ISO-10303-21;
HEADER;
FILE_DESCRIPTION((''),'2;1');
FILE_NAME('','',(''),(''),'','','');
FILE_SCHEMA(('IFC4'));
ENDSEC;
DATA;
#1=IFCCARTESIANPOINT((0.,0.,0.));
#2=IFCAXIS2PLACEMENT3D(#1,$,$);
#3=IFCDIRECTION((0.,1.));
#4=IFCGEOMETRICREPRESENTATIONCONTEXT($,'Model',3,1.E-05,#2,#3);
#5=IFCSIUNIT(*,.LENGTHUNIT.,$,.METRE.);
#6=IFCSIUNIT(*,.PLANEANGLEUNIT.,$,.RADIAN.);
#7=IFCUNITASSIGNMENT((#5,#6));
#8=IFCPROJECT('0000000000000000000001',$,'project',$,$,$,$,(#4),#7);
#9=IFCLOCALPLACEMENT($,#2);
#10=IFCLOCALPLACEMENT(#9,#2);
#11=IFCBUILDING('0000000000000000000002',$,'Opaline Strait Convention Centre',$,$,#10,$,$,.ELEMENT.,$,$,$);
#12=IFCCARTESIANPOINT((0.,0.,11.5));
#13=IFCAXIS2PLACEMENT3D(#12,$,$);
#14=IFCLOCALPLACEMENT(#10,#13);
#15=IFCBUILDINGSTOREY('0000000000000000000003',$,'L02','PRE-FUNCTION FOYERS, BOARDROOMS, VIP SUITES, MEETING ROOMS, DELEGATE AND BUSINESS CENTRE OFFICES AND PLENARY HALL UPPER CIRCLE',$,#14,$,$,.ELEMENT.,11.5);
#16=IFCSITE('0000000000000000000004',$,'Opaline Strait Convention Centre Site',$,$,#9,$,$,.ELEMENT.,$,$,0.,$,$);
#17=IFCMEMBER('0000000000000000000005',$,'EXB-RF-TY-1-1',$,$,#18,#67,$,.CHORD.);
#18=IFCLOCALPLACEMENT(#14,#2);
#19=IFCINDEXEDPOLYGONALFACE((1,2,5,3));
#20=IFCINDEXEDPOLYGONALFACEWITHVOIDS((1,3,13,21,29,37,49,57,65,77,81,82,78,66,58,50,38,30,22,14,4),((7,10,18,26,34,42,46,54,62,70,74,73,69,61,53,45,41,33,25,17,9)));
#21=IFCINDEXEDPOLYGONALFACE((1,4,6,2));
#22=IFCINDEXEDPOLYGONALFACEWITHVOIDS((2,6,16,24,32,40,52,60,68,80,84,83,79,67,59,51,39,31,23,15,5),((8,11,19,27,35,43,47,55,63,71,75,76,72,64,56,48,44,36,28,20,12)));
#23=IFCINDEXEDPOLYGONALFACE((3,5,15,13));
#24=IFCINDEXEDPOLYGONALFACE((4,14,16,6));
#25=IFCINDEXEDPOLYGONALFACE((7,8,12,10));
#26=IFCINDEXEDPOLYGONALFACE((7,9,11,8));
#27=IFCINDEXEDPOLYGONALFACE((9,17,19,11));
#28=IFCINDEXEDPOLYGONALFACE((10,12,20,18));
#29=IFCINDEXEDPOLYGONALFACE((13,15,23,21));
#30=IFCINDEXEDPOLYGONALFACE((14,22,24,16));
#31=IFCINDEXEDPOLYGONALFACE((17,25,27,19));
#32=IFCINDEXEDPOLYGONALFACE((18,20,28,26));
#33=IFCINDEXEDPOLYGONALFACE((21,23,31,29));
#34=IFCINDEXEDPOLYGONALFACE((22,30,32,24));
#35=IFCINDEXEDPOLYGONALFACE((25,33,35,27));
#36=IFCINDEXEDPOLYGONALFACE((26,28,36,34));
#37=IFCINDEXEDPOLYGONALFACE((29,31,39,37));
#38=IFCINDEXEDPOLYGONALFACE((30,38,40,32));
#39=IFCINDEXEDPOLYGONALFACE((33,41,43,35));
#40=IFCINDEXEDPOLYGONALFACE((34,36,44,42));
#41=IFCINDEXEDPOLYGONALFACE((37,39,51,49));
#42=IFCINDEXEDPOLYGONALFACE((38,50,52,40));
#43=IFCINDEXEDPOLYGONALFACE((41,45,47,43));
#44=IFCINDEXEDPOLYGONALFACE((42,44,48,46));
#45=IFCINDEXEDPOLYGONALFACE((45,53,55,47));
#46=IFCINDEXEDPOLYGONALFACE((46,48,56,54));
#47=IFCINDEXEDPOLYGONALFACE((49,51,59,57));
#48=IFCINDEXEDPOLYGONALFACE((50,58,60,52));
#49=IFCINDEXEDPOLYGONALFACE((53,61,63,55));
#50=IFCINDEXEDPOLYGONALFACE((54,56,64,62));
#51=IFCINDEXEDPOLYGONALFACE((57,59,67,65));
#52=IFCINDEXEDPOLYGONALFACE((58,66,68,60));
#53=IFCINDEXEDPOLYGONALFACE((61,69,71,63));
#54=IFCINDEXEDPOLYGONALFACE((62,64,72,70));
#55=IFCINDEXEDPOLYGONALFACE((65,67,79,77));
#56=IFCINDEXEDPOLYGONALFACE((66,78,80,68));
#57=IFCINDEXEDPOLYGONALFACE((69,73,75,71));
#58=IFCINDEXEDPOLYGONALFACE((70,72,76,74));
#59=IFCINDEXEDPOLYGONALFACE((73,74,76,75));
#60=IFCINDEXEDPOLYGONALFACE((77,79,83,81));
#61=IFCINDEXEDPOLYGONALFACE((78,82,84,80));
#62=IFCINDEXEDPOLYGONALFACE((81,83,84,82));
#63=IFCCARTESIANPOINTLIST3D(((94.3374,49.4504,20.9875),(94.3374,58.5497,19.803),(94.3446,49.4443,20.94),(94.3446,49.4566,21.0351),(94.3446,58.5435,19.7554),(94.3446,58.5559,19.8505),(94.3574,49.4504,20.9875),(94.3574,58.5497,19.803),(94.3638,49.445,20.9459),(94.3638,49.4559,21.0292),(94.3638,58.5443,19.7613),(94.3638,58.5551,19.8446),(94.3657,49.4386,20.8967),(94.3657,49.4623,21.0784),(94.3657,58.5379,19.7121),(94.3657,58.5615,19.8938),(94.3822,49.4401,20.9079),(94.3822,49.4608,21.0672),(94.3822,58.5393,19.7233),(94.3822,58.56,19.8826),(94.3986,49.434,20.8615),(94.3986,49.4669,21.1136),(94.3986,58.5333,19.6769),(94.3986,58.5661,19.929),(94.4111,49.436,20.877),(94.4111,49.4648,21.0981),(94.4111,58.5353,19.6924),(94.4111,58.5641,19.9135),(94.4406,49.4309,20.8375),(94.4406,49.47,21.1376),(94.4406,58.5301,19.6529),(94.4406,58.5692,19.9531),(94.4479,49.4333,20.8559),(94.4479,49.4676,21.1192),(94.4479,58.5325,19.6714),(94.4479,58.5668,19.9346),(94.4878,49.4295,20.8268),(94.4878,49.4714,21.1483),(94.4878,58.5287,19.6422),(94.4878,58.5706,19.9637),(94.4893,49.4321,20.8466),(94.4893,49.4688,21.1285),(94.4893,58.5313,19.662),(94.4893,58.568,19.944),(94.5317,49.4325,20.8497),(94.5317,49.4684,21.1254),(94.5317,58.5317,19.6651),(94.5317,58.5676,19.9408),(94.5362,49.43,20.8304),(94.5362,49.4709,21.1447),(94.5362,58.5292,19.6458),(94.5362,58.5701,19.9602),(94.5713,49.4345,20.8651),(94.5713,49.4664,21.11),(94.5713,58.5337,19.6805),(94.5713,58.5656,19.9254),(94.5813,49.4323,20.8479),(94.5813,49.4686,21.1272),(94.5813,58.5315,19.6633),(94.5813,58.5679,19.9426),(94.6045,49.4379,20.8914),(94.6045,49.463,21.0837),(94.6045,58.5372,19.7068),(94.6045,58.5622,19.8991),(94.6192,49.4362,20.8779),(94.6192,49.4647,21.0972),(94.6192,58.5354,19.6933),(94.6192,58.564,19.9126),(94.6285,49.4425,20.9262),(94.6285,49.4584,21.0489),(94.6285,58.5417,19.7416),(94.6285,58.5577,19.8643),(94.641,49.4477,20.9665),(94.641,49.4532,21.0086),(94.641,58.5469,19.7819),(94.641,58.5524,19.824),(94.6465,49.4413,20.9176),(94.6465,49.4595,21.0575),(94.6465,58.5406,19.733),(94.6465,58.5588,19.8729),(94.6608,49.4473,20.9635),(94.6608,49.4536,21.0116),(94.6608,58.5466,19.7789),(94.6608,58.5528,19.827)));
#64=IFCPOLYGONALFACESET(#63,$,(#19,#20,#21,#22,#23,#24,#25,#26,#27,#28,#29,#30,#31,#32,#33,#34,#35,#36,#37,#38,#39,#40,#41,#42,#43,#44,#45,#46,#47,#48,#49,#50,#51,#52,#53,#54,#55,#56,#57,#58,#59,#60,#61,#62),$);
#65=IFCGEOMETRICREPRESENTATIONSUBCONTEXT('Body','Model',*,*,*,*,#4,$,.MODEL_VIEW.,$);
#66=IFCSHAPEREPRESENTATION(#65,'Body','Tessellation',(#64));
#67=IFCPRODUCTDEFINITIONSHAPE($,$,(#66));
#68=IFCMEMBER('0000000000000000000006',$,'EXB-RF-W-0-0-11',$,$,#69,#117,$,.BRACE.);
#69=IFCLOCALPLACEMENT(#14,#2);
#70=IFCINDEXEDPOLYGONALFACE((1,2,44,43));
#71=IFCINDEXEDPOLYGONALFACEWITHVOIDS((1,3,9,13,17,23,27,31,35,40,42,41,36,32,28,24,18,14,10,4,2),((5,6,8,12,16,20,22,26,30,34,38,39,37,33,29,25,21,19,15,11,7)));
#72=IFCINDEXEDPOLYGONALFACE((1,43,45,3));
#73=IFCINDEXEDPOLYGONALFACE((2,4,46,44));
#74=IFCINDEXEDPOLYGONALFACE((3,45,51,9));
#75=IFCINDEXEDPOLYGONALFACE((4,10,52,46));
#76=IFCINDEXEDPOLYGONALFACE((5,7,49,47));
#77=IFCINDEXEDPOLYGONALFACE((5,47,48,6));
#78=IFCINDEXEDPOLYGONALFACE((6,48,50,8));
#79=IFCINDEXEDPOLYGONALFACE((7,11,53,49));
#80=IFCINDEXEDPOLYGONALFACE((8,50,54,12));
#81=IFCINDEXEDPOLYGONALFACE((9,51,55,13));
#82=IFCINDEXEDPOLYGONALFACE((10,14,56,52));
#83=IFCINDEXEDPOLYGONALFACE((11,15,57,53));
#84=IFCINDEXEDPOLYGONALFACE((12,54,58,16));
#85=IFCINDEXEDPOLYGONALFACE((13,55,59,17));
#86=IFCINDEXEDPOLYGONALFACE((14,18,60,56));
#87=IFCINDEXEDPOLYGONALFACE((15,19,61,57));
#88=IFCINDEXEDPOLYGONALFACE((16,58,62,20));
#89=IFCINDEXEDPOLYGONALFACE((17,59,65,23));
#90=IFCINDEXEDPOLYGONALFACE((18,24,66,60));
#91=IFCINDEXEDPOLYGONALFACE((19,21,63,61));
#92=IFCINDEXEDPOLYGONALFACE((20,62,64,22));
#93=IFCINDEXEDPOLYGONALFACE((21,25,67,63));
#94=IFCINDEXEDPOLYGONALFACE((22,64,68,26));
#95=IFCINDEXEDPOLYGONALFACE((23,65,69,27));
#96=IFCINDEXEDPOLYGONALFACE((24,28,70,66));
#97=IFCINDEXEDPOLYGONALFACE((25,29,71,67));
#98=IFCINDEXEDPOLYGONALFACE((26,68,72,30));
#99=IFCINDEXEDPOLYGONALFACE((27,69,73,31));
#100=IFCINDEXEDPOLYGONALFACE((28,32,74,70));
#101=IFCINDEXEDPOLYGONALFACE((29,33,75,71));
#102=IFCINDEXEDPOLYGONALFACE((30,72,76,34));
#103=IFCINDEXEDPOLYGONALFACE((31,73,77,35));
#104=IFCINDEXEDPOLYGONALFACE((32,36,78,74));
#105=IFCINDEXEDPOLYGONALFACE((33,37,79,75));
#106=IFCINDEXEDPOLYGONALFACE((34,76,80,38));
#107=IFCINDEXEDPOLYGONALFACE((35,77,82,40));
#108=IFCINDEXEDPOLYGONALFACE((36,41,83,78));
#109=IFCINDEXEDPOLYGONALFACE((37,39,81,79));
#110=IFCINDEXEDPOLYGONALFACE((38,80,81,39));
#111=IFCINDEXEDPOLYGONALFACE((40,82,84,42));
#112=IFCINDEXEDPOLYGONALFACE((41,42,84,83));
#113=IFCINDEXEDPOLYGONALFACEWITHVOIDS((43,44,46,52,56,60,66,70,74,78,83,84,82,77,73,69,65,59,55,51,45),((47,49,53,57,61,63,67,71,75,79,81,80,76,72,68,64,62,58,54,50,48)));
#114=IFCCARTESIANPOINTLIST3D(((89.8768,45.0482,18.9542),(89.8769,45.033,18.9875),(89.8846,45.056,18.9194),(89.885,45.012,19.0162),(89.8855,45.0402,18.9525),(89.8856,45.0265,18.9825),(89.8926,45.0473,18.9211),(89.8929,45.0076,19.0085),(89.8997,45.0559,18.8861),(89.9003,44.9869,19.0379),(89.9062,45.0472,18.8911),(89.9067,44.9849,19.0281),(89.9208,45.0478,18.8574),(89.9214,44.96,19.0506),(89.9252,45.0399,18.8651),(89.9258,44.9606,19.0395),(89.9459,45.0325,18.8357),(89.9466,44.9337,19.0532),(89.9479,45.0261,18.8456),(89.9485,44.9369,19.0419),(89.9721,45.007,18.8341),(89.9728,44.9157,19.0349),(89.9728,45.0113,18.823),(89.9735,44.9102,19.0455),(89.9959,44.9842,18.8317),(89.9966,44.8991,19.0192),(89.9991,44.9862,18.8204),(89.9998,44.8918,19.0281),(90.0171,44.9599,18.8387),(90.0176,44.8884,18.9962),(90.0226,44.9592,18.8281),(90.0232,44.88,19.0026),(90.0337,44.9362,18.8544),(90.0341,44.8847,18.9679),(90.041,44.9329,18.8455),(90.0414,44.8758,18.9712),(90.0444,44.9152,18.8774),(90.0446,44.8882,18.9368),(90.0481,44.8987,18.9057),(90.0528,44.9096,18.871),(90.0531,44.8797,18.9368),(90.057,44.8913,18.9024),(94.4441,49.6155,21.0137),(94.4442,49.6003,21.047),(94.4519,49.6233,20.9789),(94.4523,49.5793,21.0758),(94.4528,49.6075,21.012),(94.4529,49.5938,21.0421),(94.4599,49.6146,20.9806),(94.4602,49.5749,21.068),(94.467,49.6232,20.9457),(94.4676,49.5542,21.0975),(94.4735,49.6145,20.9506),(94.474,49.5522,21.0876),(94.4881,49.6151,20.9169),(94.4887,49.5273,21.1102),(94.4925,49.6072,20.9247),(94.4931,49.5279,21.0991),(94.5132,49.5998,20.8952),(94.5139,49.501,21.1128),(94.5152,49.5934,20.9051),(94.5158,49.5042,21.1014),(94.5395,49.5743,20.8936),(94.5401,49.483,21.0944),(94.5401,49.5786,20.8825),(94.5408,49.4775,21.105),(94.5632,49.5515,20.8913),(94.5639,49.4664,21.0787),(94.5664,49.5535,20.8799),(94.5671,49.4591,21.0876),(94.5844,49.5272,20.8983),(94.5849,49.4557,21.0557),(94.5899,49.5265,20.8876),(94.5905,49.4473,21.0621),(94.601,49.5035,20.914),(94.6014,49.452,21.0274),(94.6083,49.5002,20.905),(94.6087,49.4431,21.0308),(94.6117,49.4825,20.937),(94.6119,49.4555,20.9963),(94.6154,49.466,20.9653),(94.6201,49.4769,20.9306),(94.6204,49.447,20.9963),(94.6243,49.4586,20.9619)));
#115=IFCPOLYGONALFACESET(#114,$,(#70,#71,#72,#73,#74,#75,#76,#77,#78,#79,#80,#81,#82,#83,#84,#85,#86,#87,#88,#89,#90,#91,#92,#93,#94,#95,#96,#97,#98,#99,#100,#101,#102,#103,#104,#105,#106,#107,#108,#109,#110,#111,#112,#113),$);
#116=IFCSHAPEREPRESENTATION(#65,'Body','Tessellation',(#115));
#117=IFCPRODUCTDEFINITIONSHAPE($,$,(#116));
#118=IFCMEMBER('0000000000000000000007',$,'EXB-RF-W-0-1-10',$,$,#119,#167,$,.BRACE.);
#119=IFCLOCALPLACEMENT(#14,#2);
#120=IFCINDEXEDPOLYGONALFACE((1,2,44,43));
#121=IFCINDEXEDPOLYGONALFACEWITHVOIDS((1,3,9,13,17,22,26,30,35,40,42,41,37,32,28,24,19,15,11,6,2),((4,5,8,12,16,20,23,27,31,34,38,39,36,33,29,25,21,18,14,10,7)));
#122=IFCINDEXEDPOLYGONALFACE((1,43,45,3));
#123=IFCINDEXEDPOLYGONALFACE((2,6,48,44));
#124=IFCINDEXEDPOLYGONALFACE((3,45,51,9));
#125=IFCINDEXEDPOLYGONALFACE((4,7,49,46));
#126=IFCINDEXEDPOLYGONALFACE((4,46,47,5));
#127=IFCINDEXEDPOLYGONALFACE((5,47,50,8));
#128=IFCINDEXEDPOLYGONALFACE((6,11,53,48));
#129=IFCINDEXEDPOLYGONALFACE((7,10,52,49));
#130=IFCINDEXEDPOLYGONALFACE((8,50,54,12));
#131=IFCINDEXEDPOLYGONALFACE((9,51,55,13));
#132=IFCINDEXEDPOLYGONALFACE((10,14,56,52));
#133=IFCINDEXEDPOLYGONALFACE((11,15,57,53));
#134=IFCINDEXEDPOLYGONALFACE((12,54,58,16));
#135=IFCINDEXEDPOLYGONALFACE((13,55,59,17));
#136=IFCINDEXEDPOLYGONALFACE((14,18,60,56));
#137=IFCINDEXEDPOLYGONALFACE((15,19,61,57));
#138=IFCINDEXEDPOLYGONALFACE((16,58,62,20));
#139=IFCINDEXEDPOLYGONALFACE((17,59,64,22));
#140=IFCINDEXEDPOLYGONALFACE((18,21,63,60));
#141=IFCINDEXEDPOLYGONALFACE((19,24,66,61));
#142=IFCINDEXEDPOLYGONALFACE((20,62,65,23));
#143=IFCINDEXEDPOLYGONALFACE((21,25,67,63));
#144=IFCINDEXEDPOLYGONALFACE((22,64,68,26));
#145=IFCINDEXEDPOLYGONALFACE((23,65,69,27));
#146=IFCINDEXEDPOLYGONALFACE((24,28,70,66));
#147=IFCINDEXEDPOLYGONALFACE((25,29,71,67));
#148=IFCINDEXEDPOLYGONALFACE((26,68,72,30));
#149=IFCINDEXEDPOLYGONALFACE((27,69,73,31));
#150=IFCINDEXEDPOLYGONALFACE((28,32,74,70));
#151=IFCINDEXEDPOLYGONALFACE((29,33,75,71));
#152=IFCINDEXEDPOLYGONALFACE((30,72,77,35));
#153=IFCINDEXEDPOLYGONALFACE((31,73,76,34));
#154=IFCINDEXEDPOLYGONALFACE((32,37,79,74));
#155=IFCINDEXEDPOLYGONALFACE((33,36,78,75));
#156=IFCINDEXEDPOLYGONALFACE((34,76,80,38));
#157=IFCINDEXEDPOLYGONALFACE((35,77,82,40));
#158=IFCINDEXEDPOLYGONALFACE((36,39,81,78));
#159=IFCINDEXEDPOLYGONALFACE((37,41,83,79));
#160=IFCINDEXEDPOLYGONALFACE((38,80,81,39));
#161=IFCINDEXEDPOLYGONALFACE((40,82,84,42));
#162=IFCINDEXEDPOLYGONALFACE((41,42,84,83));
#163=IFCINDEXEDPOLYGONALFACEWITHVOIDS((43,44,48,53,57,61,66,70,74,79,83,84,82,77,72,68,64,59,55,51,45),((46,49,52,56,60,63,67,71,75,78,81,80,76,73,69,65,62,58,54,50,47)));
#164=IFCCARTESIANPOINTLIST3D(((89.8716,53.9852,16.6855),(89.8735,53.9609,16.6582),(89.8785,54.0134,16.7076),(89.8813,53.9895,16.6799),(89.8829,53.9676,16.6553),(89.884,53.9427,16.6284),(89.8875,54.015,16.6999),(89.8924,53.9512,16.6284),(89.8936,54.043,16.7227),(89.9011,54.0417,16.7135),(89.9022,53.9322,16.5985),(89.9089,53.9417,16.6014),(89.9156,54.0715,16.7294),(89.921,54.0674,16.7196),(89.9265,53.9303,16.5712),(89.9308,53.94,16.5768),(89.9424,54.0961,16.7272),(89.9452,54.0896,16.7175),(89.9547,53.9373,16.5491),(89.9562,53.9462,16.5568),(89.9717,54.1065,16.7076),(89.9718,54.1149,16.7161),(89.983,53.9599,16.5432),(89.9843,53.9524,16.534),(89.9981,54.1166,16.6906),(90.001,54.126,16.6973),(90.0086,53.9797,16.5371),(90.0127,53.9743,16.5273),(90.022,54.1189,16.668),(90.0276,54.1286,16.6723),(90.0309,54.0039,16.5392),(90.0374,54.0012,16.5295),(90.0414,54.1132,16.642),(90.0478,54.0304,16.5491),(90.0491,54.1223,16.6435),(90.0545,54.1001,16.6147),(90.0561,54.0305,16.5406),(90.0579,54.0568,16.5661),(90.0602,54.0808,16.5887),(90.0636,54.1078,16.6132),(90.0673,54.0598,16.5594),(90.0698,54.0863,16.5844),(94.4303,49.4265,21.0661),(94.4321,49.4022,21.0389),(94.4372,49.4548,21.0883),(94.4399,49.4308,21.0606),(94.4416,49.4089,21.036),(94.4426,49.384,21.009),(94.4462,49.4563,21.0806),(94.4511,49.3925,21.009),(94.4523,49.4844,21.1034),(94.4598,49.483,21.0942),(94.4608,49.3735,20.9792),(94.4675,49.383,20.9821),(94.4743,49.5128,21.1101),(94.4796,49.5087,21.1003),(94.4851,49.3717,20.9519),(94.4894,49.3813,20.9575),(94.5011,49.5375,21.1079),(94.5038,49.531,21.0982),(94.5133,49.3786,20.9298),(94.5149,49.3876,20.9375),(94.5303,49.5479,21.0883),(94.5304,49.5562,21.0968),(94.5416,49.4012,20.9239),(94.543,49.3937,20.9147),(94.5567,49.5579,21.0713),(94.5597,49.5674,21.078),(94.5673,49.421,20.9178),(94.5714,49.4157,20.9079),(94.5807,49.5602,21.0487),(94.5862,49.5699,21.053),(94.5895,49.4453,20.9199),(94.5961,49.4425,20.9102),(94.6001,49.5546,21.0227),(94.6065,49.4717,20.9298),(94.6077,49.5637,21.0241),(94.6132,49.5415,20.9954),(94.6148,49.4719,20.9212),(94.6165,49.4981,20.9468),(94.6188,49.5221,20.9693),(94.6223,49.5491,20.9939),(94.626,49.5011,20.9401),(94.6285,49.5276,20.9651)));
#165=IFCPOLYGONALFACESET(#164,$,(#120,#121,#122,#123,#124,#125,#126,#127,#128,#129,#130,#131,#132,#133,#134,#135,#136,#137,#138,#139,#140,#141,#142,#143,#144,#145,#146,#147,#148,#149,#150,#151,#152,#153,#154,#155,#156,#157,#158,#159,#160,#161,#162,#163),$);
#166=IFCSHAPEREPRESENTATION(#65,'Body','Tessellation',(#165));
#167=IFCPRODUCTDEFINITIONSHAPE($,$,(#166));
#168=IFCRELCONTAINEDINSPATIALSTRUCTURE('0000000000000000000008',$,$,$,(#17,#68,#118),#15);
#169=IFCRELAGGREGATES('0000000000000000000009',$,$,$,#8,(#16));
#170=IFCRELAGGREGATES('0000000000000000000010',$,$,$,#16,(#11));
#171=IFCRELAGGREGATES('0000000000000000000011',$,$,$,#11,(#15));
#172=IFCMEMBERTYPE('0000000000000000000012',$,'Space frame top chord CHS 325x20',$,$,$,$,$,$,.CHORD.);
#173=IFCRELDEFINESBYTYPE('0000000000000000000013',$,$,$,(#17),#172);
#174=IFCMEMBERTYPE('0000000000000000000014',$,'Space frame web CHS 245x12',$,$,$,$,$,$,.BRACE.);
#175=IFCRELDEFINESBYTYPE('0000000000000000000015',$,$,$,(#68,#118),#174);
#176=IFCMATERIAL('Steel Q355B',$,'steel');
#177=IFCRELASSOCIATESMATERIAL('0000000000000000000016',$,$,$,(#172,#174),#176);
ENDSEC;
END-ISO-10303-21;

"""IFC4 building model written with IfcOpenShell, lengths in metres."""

from ifc_helpers import new_model, si_unit, direction, frame, origin, origin_2d, place, context, subcontext, project, spatial, hollow_circle, extrude, material, material_profile, profile_set, type_object, element, save


model = new_model("IFC4")

# Units and contexts
model_context = context("Model", 3, precision=1e-05, world=origin(), true_north=direction((0.0, 1.0)))
body_context = subcontext(model_context, "Body", "Model", "MODEL_VIEW")
ifc_project = project(units=[si_unit("LENGTHUNIT", "METRE"), si_unit("PLANEANGLEUNIT", "RADIAN")], contexts=[model_context])

# Site, building, storey
site_placement = place(None, origin())
site = spatial("IfcSite", under=ifc_project, at=site_placement, Name="Opaline Strait Convention Centre Site", CompositionType="ELEMENT", RefElevation=0.0)
building_placement = place(site_placement, origin())
building = spatial("IfcBuilding", under=site, at=building_placement, Name="Opaline Strait Convention Centre", CompositionType="ELEMENT")
storey_placement = place(building_placement, frame((0.0, 0.0, 11.5)))
storey = spatial("IfcBuildingStorey", under=building, at=storey_placement, Name="L02", Description="PRE-FUNCTION FOYERS, BOARDROOMS, VIP SUITES, MEETING ROOMS, DELEGATE AND BUSINESS CENTRE OFFICES AND PLENARY HALL UPPER CIRCLE", CompositionType="ELEMENT", Elevation=11.5)

# Shared definitions
ifc_material_1 = material(Name="Steel Q355B", Category="steel")

# Members
ifc_material_profile_1 = material_profile(ifc_material_1, hollow_circle(Radius=0.1626, WallThickness=0.02, at=origin_2d()), Name="CHS 325x20")
ifc_profile_set_1 = profile_set([ifc_material_profile_1], Name="Steel Q355B")
member_type_1 = type_object("IfcMemberType", Name="Space frame top chord CHS 325x20", PredefinedType="CHORD", material=ifc_profile_set_1)
for number, where, z_axis, x_axis, name in (
    (1, (94.5, 49.4504, 20.9875), (0.0, 0.991632, -0.129096), (-1.0, 0.0, 0.0), "EXB-RF-TY-1-1"),
):
    element("IfcMember", number, at=place(storey_placement, frame(where, z_axis=z_axis, x_axis=x_axis)), inside=storey, type_object=member_type_1, Name=name, PredefinedType="CHORD", context=body_context, shape_type="SweptSolid", body=[
        extrude(hollow_circle(Radius=0.1626, WallThickness=0.02, at=origin_2d()), origin(), (0.0, 0.0, 1.0), 9.176),
    ])
ifc_material_profile_2 = material_profile(ifc_material_1, hollow_circle(Radius=0.1226, WallThickness=0.012, at=origin_2d()), Name="CHS 245x12")
ifc_profile_set_2 = profile_set([ifc_material_profile_2], Name="Steel Q355B")
member_type_2 = type_object("IfcMemberType", Name="Space frame web CHS 245x12", PredefinedType="BRACE", material=ifc_profile_set_2)
member_1_placement = place(storey_placement, frame((94.5337, 49.5337, 20.9963), z_axis=(-0.673689, -0.673689, -0.303787), x_axis=(0.707107, -0.707107, 0.0)))
element("IfcMember", 2, at=member_1_placement, inside=storey, type_object=member_type_2, Name="EXB-RF-W-0-0-11", PredefinedType="BRACE", context=body_context, shape_type="SweptSolid", body=[
    extrude(hollow_circle(Radius=0.1226, WallThickness=0.012, at=origin_2d()), origin(), (0.0, 0.0, 1.0), 6.7795),
])
for number, where, z_axis, x_axis, name in (
    (3, (94.5293, 49.4707, 21.009), (-0.584861, 0.584861, -0.562027), (-0.707107, -0.707107, 0.0), "EXB-RF-W-0-1-10"),
):
    element("IfcMember", number, at=place(storey_placement, frame(where, z_axis=z_axis, x_axis=x_axis)), inside=storey, type_object=member_type_2, Name=name, PredefinedType="BRACE", context=body_context, shape_type="SweptSolid", body=[
        extrude(hollow_circle(Radius=0.1226, WallThickness=0.012, at=origin_2d()), origin(), (0.0, 0.0, 1.0), 7.7944),
    ])

save(model, "model.ifc")
